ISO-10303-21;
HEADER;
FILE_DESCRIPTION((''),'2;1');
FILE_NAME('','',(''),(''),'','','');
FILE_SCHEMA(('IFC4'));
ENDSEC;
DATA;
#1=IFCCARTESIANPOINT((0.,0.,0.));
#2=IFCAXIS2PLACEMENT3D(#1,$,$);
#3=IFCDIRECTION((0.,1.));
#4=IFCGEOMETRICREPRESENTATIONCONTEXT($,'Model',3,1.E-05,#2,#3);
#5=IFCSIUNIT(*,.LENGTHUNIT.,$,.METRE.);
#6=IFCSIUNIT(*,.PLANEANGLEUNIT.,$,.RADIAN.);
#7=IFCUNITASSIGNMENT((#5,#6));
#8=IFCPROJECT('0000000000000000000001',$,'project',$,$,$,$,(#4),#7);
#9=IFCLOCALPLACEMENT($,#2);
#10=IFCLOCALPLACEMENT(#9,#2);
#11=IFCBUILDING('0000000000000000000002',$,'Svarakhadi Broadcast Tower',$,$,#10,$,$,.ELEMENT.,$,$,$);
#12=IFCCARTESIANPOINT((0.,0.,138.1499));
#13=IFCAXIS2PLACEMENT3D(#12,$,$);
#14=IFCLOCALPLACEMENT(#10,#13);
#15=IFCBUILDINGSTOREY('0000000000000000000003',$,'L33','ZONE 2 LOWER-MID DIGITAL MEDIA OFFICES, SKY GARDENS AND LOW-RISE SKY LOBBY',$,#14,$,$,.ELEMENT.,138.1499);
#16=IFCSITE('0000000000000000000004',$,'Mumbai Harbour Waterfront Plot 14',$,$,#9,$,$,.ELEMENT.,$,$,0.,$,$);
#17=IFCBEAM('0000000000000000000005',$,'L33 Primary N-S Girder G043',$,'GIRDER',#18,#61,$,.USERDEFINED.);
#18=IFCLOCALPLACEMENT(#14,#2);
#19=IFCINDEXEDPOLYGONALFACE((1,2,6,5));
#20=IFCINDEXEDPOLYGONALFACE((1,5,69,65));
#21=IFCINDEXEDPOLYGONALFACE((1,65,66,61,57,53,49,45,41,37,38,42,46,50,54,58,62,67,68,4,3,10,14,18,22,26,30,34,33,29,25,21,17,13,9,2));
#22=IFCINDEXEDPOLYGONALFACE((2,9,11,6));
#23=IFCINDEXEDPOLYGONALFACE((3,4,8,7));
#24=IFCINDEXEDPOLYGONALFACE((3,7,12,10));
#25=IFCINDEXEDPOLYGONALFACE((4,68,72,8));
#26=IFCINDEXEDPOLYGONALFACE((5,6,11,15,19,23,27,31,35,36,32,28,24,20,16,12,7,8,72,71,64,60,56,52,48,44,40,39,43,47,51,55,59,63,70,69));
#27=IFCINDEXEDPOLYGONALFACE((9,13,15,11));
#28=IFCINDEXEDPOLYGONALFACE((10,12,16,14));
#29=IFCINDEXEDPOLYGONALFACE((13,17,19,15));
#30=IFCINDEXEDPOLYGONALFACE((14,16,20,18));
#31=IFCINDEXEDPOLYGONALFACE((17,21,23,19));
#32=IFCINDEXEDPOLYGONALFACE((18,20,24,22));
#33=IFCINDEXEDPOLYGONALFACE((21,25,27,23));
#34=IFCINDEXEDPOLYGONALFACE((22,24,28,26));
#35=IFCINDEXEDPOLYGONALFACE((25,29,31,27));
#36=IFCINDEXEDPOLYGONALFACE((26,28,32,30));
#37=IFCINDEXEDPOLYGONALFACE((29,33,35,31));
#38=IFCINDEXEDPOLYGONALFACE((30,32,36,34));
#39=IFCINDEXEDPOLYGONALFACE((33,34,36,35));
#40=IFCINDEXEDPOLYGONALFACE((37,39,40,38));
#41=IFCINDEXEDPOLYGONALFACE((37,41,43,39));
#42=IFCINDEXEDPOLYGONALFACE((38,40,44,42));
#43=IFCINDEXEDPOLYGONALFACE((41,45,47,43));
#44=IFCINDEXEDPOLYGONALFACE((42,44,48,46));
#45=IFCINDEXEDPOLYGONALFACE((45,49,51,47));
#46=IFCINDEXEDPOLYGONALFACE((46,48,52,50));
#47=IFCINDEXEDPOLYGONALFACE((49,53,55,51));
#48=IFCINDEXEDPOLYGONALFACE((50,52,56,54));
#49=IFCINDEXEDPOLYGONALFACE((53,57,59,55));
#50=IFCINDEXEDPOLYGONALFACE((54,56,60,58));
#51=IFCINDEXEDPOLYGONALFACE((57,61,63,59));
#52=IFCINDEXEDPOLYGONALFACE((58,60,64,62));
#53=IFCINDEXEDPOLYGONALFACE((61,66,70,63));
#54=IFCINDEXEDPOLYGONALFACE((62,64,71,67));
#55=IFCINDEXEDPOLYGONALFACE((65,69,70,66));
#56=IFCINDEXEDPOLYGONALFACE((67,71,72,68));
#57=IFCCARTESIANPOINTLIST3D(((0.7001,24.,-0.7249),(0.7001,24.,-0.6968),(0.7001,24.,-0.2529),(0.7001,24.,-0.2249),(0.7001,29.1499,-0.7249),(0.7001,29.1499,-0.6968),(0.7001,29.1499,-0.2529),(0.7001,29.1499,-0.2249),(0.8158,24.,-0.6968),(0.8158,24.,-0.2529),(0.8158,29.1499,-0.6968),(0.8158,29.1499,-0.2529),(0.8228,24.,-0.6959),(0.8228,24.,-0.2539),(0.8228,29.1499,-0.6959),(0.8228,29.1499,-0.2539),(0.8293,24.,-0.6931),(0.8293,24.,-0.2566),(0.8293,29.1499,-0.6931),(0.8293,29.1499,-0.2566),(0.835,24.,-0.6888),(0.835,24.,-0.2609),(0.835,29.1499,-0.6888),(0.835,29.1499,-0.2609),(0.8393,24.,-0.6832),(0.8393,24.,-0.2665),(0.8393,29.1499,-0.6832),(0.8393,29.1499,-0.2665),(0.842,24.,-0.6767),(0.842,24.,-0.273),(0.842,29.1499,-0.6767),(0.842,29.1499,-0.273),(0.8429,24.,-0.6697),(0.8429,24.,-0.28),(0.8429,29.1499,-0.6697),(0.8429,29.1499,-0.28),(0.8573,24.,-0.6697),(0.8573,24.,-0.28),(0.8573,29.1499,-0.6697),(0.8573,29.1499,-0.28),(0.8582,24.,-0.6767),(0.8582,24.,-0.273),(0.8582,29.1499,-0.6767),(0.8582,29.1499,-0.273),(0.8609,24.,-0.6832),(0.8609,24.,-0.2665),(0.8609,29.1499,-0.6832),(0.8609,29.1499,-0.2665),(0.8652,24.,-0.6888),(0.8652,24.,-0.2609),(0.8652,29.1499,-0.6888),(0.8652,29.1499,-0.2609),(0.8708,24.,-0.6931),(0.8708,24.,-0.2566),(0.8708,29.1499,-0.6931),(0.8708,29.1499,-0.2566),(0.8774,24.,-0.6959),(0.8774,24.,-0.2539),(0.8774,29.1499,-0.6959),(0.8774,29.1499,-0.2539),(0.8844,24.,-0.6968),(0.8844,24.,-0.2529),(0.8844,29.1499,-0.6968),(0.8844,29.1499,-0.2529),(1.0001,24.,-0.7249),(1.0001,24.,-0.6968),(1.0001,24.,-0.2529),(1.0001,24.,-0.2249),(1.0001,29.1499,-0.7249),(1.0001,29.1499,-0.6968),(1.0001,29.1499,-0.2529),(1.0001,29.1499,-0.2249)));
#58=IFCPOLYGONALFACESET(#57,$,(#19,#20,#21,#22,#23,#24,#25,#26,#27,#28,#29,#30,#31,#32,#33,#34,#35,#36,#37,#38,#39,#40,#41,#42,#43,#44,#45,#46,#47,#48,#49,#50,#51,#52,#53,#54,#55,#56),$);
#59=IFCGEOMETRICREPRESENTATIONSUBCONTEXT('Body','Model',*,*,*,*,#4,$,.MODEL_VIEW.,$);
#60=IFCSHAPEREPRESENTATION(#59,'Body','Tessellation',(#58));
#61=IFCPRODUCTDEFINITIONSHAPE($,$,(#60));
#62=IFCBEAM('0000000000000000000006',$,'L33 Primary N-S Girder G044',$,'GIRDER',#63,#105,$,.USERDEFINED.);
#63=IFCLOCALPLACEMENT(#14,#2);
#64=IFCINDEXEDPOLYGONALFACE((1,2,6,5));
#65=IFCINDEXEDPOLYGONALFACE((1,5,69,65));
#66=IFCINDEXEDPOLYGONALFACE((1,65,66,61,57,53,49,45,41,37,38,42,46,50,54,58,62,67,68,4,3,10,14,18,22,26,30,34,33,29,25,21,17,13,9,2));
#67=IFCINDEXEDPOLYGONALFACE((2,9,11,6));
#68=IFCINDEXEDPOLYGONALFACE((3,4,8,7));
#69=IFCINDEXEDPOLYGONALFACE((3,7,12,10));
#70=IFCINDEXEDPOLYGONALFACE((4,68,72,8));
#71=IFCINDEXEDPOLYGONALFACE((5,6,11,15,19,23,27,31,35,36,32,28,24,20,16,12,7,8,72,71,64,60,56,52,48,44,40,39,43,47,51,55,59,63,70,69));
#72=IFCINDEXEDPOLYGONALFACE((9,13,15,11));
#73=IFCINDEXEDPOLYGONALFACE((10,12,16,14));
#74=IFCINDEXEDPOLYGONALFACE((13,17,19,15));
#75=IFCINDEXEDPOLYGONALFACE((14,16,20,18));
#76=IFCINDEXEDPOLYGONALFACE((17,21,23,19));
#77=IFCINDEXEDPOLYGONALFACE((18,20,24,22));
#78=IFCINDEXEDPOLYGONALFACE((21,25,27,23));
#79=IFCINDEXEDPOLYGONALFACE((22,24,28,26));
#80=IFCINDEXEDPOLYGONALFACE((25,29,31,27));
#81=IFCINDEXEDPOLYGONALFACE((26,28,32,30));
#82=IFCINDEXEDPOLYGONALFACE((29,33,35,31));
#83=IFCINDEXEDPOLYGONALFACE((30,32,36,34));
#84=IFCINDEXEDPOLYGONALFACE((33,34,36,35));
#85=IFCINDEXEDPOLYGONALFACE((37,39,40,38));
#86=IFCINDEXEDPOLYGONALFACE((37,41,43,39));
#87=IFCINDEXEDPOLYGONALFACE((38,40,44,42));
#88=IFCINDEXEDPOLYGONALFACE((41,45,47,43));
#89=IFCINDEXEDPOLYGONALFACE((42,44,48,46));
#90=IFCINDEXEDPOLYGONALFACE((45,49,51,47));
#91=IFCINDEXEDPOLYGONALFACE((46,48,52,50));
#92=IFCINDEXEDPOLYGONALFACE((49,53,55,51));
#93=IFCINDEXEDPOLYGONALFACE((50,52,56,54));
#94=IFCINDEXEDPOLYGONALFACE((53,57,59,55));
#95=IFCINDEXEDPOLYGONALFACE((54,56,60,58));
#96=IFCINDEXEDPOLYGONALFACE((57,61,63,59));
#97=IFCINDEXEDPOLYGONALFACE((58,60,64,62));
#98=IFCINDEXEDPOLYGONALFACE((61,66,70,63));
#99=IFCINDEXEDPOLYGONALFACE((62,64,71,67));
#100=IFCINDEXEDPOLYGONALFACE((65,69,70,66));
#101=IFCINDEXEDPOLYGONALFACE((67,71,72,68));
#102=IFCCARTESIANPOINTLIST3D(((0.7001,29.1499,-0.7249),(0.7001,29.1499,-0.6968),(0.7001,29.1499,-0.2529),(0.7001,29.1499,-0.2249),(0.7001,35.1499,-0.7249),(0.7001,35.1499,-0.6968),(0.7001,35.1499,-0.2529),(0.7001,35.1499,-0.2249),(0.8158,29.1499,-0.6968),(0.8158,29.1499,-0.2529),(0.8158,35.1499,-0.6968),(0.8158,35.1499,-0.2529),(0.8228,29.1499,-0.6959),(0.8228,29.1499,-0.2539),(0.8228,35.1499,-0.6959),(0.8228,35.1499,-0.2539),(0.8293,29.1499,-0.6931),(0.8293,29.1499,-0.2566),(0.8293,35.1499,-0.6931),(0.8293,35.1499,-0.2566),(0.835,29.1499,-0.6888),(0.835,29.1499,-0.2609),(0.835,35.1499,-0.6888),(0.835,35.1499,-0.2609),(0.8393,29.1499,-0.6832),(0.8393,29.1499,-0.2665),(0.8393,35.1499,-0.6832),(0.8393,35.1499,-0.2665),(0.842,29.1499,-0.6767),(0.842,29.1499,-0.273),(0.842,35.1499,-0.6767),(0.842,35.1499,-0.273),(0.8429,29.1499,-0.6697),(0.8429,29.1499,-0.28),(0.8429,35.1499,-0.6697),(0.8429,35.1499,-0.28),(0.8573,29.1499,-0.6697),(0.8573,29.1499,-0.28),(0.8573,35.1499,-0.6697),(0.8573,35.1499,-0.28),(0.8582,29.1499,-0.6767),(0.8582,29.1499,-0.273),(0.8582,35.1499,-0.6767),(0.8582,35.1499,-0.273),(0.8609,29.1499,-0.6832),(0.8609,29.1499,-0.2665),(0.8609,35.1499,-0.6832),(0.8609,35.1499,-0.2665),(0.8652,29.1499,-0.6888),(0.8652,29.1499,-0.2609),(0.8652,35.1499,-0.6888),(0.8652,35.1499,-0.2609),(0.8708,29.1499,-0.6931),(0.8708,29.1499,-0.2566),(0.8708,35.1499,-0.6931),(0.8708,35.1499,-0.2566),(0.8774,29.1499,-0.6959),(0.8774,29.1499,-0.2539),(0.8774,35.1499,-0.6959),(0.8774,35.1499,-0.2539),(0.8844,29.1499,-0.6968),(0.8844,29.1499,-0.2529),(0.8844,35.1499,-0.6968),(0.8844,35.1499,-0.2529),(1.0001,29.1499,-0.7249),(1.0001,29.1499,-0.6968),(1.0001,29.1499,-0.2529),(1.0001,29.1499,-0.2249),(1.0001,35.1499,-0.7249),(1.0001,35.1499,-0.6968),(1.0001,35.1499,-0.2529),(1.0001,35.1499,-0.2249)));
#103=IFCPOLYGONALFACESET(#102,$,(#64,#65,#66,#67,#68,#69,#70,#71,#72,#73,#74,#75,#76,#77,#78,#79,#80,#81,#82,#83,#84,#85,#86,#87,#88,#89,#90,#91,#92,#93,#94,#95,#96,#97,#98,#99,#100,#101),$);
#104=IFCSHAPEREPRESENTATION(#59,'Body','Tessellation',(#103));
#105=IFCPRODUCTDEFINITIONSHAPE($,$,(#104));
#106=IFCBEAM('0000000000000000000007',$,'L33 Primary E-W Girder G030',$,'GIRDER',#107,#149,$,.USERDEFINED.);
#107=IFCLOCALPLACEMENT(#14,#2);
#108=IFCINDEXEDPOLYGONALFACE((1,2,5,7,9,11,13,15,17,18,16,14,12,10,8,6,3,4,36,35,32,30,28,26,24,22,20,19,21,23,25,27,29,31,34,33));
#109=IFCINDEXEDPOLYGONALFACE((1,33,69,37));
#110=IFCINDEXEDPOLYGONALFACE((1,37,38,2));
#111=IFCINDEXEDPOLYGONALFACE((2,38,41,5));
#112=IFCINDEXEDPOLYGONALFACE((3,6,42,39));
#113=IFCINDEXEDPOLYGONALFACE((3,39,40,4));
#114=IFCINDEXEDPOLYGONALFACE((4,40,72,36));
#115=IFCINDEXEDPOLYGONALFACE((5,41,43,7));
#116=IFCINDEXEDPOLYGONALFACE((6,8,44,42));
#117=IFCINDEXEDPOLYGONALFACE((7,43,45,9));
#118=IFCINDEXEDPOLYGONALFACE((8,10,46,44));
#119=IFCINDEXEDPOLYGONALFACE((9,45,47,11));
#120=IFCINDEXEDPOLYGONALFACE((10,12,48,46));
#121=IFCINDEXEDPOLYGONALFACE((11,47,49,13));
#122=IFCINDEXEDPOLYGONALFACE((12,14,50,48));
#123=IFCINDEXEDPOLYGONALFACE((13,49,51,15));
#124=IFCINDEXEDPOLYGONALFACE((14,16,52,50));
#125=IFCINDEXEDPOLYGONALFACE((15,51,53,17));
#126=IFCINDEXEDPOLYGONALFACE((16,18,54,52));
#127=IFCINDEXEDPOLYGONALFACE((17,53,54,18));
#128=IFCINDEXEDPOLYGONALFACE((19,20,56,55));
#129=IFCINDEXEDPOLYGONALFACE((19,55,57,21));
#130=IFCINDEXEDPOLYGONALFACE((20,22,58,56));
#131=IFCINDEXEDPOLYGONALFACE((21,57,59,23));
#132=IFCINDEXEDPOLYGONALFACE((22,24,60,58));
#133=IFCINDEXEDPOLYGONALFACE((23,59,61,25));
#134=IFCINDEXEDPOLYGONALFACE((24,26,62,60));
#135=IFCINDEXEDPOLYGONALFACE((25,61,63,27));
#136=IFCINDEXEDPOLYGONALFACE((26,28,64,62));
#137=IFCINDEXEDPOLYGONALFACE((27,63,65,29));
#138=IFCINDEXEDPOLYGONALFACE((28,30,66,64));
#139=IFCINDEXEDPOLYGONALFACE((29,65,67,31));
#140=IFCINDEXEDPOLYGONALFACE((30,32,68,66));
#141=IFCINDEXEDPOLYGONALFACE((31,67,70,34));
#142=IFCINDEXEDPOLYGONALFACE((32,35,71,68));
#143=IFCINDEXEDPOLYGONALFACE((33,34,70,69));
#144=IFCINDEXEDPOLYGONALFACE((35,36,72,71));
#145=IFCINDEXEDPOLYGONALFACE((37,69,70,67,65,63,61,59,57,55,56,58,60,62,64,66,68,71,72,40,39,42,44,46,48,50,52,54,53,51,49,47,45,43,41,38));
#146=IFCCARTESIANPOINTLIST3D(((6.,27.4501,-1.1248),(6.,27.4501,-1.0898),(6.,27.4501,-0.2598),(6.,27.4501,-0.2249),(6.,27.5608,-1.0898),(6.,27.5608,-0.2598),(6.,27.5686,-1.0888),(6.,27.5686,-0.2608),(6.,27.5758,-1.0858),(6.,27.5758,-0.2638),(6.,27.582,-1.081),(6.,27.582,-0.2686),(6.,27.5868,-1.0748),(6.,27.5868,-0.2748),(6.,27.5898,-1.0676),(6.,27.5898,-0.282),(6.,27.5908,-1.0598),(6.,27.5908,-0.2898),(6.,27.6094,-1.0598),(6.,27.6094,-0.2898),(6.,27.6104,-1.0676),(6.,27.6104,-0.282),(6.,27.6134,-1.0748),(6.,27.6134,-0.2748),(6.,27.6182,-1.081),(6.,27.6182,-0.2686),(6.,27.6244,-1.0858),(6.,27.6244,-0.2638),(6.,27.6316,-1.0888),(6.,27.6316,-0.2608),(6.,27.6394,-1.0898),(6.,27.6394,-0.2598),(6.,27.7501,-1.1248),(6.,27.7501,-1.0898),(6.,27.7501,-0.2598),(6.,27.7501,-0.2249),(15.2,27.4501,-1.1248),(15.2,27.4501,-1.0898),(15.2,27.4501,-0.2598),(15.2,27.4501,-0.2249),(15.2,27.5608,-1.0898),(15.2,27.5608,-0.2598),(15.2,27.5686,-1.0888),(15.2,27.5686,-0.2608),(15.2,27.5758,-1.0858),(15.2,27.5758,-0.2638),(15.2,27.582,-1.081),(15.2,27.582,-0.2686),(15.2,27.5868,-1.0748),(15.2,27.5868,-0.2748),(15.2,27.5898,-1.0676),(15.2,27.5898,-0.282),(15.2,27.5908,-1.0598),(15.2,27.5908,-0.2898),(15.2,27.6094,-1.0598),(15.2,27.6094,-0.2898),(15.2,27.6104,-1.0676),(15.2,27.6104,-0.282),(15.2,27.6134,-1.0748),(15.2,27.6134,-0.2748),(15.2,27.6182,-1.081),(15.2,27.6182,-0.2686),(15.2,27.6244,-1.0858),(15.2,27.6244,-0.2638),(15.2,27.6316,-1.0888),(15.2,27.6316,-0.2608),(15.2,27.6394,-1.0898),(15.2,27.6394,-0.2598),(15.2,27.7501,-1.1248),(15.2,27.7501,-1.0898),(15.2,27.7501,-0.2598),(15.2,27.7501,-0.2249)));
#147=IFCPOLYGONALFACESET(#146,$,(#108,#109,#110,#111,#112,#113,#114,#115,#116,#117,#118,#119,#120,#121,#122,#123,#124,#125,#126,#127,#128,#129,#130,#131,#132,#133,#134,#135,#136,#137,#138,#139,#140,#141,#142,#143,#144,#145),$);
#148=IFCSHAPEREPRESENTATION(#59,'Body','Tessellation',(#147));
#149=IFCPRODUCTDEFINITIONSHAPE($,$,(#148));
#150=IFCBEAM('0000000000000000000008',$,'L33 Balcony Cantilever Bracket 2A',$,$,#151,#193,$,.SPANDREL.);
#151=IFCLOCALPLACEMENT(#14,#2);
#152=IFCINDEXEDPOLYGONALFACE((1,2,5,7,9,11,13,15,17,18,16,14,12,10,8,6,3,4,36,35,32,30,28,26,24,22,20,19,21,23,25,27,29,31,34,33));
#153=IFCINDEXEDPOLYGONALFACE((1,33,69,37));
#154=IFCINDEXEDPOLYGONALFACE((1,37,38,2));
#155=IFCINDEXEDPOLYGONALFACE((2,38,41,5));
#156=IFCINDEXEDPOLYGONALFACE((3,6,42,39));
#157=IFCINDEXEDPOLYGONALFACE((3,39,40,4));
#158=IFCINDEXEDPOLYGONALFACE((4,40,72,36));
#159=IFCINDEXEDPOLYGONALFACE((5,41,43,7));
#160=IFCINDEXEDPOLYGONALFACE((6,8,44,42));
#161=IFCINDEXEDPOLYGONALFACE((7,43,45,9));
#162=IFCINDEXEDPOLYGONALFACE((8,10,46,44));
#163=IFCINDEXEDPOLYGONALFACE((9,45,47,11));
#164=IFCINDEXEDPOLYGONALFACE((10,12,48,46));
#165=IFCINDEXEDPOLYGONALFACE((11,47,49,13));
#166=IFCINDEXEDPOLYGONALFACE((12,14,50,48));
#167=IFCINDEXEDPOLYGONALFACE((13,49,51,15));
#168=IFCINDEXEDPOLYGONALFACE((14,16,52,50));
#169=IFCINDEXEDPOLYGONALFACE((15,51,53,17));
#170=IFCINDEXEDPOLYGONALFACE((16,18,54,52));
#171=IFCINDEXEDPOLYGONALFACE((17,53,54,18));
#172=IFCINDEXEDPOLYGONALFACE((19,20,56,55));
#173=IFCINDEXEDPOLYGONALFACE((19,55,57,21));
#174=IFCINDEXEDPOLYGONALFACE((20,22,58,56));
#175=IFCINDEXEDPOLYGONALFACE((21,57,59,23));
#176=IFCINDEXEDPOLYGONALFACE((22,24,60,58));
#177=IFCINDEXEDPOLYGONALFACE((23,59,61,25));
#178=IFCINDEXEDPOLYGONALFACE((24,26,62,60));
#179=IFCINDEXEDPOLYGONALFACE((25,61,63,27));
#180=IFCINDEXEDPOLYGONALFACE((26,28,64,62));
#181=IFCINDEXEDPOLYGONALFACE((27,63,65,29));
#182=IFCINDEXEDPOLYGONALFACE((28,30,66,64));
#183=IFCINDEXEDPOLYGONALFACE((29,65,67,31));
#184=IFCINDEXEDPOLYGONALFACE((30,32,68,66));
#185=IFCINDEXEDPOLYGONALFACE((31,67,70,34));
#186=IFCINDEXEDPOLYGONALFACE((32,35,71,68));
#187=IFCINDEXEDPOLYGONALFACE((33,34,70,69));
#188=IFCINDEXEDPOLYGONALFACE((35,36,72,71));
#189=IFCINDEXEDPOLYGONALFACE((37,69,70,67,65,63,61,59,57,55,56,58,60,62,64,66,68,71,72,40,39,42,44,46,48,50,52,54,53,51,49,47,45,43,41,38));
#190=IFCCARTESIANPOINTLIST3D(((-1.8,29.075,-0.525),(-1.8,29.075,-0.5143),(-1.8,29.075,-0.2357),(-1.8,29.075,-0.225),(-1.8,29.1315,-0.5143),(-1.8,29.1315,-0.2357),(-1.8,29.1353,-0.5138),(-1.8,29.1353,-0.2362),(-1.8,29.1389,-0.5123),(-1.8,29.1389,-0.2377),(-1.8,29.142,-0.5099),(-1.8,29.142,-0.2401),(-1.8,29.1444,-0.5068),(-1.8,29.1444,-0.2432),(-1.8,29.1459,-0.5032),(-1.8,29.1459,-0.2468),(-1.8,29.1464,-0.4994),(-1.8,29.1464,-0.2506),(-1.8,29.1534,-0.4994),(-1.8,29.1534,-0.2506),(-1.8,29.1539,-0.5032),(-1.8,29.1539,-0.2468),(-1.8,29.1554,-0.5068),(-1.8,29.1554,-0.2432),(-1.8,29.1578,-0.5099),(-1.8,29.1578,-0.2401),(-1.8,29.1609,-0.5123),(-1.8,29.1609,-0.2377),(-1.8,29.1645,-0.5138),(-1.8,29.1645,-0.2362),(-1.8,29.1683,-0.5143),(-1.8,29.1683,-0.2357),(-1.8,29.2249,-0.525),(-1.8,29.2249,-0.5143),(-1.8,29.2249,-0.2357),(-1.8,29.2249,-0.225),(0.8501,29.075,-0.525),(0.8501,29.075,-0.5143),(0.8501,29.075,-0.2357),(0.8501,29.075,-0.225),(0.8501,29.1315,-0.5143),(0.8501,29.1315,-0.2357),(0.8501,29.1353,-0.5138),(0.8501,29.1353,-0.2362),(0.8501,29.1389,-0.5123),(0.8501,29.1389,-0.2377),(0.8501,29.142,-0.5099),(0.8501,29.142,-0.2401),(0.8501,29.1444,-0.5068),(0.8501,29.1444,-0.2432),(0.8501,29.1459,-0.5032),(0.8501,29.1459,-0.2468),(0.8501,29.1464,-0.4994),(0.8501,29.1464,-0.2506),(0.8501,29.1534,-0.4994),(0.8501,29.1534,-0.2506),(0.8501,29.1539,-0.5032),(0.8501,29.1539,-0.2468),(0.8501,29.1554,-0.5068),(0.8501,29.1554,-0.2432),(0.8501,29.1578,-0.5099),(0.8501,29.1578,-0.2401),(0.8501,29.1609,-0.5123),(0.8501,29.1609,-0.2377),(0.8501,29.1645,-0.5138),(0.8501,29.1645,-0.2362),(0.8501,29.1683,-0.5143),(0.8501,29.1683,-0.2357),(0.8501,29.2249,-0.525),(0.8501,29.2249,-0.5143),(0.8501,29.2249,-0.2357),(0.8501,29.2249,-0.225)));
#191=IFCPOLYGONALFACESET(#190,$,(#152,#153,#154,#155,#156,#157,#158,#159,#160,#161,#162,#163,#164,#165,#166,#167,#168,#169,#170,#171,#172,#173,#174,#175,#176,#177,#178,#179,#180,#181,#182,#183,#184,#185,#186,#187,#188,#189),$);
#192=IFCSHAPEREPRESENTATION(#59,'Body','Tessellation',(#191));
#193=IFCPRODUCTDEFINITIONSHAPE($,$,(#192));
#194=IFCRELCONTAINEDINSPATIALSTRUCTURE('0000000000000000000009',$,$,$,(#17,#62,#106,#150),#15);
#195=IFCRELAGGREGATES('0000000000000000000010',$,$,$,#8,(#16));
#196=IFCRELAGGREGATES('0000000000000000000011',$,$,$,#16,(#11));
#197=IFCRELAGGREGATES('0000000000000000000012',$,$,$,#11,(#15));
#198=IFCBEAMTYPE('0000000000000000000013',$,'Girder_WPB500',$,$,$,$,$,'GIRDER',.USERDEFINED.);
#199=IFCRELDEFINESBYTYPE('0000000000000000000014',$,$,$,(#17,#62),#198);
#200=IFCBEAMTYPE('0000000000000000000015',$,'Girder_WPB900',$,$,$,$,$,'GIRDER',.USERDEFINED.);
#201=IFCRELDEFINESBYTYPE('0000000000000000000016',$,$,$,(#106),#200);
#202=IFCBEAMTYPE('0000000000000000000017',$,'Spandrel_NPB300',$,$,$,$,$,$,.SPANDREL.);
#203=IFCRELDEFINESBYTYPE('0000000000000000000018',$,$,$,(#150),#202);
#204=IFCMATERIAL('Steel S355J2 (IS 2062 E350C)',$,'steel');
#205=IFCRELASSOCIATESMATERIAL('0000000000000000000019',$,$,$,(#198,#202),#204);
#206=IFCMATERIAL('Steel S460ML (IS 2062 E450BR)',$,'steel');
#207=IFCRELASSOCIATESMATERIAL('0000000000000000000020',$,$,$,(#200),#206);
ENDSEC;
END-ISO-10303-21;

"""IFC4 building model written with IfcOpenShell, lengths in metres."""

from ifc_helpers import new_model, si_unit, direction, frame, origin, origin_2d, place, context, subcontext, project, spatial, i_section, extrude, material, material_profile, profile_set, type_object, element, save


model = new_model("IFC4")

# Units and contexts
model_context = context("Model", 3, precision=1e-05, world=origin(), true_north=direction((0.0, 1.0)))
body_context = subcontext(model_context, "Body", "Model", "MODEL_VIEW")
ifc_project = project(units=[si_unit("LENGTHUNIT", "METRE"), si_unit("PLANEANGLEUNIT", "RADIAN")], contexts=[model_context])

# Site, building, storey
site_placement = place(None, origin())
site = spatial("IfcSite", under=ifc_project, at=site_placement, Name="Mumbai Harbour Waterfront Plot 14", CompositionType="ELEMENT", RefElevation=0.0)
building_placement = place(site_placement, origin())
building = spatial("IfcBuilding", under=site, at=building_placement, Name="Svarakhadi Broadcast Tower", CompositionType="ELEMENT")
storey_placement = place(building_placement, frame((0.0, 0.0, 138.1499)))
storey = spatial("IfcBuildingStorey", under=building, at=storey_placement, Name="L33", Description="ZONE 2 LOWER-MID DIGITAL MEDIA OFFICES, SKY GARDENS AND LOW-RISE SKY LOBBY", CompositionType="ELEMENT", Elevation=138.1499)

# Shared definitions
ifc_material_1 = material(Name="Steel S460ML (IS 2062 E450BR)", Category="steel")

# Shared definitions
ifc_material_2 = material(Name="Steel S355J2 (IS 2062 E350C)", Category="steel")

# Beams
ifc_material_profile_1 = material_profile(ifc_material_2, i_section(OverallWidth=0.3, OverallDepth=0.5, WebThickness=0.0144, FlangeThickness=0.0281, FilletRadius=0.0271, at=origin_2d()), Name="WPB 500x300x187")
ifc_profile_set_1 = profile_set([ifc_material_profile_1], Name="Steel S355J2 (IS 2062 E350C)")
beam_type_1 = type_object("IfcBeamType", Name="Girder_WPB500", ElementType="GIRDER", PredefinedType="USERDEFINED", material=ifc_profile_set_1)
for number, where, z_axis, x_axis, name in (
    (1, (0.8501, 24.0, -0.4749), (0.0, 1.0, 0.0), (-1.0, 0.0, 0.0), "L33 Primary N-S Girder G043"),
):
    element("IfcBeam", number, at=place(storey_placement, frame(where, z_axis=z_axis, x_axis=x_axis)), inside=storey, type_object=beam_type_1, Name=name, ObjectType="GIRDER", PredefinedType="USERDEFINED", context=body_context, shape_type="SweptSolid", body=[
        extrude(i_section(OverallWidth=0.3, OverallDepth=0.5, WebThickness=0.0144, FlangeThickness=0.0281, FilletRadius=0.0271, at=origin_2d()), origin(), (0.0, 0.0, 1.0), 5.1499),
    ])
beam_1_placement = place(storey_placement, frame((0.8501, 29.1499, -0.4749), z_axis=(0.0, 1.0, 0.0), x_axis=(-1.0, 0.0, 0.0)))
element("IfcBeam", 2, at=beam_1_placement, inside=storey, type_object=beam_type_1, Name="L33 Primary N-S Girder G044", ObjectType="GIRDER", PredefinedType="USERDEFINED", context=body_context, shape_type="SweptSolid", body=[
    extrude(i_section(OverallWidth=0.3, OverallDepth=0.5, WebThickness=0.0144, FlangeThickness=0.0281, FilletRadius=0.0271, at=origin_2d()), origin(), (0.0, 0.0, 1.0), 6.0),
])
ifc_material_profile_2 = material_profile(ifc_material_1, i_section(OverallWidth=0.3, OverallDepth=0.8999, WebThickness=0.0186, FlangeThickness=0.0349, FilletRadius=0.03, at=origin_2d()), Name="WPB 900x300x291")
ifc_profile_set_2 = profile_set([ifc_material_profile_2], Name="Steel S460ML (IS 2062 E450BR)")
beam_type_2 = type_object("IfcBeamType", Name="Girder_WPB900", ElementType="GIRDER", PredefinedType="USERDEFINED", material=ifc_profile_set_2)
beam_2_placement = place(storey_placement, frame((6.0, 27.6001, -0.6748), z_axis=(1.0, 0.0, 0.0), x_axis=(0.0, 1.0, 0.0)))
element("IfcBeam", 3, at=beam_2_placement, inside=storey, type_object=beam_type_2, Name="L33 Primary E-W Girder G030", ObjectType="GIRDER", PredefinedType="USERDEFINED", context=body_context, shape_type="SweptSolid", body=[
    extrude(i_section(OverallWidth=0.3, OverallDepth=0.8999, WebThickness=0.0186, FlangeThickness=0.0349, FilletRadius=0.03, at=origin_2d()), origin(), (0.0, 0.0, 1.0), 9.2),
])
ifc_material_profile_3 = material_profile(ifc_material_2, i_section(OverallWidth=0.1499, OverallDepth=0.3, WebThickness=0.0071, FlangeThickness=0.0107, FilletRadius=0.0149, at=origin_2d()), Name="NPB 300x150x37")
ifc_profile_set_3 = profile_set([ifc_material_profile_3], Name="Steel S355J2 (IS 2062 E350C)")
beam_type_3 = type_object("IfcBeamType", Name="Spandrel_NPB300", PredefinedType="SPANDREL", material=ifc_profile_set_3)
beam_3_placement = place(storey_placement, frame((0.8501, 29.1499, -0.375), z_axis=(-1.0, 0.0, 0.0), x_axis=(0.0, -1.0, 0.0)))
element("IfcBeam", 4, at=beam_3_placement, inside=storey, type_object=beam_type_3, Name="L33 Balcony Cantilever Bracket 2A", PredefinedType="SPANDREL", context=body_context, shape_type="SweptSolid", body=[
    extrude(i_section(OverallWidth=0.1499, OverallDepth=0.3, WebThickness=0.0071, FlangeThickness=0.0107, FilletRadius=0.0149, at=origin_2d()), origin(), (0.0, 0.0, 1.0), 2.6501),
])

save(model, "model.ifc")
